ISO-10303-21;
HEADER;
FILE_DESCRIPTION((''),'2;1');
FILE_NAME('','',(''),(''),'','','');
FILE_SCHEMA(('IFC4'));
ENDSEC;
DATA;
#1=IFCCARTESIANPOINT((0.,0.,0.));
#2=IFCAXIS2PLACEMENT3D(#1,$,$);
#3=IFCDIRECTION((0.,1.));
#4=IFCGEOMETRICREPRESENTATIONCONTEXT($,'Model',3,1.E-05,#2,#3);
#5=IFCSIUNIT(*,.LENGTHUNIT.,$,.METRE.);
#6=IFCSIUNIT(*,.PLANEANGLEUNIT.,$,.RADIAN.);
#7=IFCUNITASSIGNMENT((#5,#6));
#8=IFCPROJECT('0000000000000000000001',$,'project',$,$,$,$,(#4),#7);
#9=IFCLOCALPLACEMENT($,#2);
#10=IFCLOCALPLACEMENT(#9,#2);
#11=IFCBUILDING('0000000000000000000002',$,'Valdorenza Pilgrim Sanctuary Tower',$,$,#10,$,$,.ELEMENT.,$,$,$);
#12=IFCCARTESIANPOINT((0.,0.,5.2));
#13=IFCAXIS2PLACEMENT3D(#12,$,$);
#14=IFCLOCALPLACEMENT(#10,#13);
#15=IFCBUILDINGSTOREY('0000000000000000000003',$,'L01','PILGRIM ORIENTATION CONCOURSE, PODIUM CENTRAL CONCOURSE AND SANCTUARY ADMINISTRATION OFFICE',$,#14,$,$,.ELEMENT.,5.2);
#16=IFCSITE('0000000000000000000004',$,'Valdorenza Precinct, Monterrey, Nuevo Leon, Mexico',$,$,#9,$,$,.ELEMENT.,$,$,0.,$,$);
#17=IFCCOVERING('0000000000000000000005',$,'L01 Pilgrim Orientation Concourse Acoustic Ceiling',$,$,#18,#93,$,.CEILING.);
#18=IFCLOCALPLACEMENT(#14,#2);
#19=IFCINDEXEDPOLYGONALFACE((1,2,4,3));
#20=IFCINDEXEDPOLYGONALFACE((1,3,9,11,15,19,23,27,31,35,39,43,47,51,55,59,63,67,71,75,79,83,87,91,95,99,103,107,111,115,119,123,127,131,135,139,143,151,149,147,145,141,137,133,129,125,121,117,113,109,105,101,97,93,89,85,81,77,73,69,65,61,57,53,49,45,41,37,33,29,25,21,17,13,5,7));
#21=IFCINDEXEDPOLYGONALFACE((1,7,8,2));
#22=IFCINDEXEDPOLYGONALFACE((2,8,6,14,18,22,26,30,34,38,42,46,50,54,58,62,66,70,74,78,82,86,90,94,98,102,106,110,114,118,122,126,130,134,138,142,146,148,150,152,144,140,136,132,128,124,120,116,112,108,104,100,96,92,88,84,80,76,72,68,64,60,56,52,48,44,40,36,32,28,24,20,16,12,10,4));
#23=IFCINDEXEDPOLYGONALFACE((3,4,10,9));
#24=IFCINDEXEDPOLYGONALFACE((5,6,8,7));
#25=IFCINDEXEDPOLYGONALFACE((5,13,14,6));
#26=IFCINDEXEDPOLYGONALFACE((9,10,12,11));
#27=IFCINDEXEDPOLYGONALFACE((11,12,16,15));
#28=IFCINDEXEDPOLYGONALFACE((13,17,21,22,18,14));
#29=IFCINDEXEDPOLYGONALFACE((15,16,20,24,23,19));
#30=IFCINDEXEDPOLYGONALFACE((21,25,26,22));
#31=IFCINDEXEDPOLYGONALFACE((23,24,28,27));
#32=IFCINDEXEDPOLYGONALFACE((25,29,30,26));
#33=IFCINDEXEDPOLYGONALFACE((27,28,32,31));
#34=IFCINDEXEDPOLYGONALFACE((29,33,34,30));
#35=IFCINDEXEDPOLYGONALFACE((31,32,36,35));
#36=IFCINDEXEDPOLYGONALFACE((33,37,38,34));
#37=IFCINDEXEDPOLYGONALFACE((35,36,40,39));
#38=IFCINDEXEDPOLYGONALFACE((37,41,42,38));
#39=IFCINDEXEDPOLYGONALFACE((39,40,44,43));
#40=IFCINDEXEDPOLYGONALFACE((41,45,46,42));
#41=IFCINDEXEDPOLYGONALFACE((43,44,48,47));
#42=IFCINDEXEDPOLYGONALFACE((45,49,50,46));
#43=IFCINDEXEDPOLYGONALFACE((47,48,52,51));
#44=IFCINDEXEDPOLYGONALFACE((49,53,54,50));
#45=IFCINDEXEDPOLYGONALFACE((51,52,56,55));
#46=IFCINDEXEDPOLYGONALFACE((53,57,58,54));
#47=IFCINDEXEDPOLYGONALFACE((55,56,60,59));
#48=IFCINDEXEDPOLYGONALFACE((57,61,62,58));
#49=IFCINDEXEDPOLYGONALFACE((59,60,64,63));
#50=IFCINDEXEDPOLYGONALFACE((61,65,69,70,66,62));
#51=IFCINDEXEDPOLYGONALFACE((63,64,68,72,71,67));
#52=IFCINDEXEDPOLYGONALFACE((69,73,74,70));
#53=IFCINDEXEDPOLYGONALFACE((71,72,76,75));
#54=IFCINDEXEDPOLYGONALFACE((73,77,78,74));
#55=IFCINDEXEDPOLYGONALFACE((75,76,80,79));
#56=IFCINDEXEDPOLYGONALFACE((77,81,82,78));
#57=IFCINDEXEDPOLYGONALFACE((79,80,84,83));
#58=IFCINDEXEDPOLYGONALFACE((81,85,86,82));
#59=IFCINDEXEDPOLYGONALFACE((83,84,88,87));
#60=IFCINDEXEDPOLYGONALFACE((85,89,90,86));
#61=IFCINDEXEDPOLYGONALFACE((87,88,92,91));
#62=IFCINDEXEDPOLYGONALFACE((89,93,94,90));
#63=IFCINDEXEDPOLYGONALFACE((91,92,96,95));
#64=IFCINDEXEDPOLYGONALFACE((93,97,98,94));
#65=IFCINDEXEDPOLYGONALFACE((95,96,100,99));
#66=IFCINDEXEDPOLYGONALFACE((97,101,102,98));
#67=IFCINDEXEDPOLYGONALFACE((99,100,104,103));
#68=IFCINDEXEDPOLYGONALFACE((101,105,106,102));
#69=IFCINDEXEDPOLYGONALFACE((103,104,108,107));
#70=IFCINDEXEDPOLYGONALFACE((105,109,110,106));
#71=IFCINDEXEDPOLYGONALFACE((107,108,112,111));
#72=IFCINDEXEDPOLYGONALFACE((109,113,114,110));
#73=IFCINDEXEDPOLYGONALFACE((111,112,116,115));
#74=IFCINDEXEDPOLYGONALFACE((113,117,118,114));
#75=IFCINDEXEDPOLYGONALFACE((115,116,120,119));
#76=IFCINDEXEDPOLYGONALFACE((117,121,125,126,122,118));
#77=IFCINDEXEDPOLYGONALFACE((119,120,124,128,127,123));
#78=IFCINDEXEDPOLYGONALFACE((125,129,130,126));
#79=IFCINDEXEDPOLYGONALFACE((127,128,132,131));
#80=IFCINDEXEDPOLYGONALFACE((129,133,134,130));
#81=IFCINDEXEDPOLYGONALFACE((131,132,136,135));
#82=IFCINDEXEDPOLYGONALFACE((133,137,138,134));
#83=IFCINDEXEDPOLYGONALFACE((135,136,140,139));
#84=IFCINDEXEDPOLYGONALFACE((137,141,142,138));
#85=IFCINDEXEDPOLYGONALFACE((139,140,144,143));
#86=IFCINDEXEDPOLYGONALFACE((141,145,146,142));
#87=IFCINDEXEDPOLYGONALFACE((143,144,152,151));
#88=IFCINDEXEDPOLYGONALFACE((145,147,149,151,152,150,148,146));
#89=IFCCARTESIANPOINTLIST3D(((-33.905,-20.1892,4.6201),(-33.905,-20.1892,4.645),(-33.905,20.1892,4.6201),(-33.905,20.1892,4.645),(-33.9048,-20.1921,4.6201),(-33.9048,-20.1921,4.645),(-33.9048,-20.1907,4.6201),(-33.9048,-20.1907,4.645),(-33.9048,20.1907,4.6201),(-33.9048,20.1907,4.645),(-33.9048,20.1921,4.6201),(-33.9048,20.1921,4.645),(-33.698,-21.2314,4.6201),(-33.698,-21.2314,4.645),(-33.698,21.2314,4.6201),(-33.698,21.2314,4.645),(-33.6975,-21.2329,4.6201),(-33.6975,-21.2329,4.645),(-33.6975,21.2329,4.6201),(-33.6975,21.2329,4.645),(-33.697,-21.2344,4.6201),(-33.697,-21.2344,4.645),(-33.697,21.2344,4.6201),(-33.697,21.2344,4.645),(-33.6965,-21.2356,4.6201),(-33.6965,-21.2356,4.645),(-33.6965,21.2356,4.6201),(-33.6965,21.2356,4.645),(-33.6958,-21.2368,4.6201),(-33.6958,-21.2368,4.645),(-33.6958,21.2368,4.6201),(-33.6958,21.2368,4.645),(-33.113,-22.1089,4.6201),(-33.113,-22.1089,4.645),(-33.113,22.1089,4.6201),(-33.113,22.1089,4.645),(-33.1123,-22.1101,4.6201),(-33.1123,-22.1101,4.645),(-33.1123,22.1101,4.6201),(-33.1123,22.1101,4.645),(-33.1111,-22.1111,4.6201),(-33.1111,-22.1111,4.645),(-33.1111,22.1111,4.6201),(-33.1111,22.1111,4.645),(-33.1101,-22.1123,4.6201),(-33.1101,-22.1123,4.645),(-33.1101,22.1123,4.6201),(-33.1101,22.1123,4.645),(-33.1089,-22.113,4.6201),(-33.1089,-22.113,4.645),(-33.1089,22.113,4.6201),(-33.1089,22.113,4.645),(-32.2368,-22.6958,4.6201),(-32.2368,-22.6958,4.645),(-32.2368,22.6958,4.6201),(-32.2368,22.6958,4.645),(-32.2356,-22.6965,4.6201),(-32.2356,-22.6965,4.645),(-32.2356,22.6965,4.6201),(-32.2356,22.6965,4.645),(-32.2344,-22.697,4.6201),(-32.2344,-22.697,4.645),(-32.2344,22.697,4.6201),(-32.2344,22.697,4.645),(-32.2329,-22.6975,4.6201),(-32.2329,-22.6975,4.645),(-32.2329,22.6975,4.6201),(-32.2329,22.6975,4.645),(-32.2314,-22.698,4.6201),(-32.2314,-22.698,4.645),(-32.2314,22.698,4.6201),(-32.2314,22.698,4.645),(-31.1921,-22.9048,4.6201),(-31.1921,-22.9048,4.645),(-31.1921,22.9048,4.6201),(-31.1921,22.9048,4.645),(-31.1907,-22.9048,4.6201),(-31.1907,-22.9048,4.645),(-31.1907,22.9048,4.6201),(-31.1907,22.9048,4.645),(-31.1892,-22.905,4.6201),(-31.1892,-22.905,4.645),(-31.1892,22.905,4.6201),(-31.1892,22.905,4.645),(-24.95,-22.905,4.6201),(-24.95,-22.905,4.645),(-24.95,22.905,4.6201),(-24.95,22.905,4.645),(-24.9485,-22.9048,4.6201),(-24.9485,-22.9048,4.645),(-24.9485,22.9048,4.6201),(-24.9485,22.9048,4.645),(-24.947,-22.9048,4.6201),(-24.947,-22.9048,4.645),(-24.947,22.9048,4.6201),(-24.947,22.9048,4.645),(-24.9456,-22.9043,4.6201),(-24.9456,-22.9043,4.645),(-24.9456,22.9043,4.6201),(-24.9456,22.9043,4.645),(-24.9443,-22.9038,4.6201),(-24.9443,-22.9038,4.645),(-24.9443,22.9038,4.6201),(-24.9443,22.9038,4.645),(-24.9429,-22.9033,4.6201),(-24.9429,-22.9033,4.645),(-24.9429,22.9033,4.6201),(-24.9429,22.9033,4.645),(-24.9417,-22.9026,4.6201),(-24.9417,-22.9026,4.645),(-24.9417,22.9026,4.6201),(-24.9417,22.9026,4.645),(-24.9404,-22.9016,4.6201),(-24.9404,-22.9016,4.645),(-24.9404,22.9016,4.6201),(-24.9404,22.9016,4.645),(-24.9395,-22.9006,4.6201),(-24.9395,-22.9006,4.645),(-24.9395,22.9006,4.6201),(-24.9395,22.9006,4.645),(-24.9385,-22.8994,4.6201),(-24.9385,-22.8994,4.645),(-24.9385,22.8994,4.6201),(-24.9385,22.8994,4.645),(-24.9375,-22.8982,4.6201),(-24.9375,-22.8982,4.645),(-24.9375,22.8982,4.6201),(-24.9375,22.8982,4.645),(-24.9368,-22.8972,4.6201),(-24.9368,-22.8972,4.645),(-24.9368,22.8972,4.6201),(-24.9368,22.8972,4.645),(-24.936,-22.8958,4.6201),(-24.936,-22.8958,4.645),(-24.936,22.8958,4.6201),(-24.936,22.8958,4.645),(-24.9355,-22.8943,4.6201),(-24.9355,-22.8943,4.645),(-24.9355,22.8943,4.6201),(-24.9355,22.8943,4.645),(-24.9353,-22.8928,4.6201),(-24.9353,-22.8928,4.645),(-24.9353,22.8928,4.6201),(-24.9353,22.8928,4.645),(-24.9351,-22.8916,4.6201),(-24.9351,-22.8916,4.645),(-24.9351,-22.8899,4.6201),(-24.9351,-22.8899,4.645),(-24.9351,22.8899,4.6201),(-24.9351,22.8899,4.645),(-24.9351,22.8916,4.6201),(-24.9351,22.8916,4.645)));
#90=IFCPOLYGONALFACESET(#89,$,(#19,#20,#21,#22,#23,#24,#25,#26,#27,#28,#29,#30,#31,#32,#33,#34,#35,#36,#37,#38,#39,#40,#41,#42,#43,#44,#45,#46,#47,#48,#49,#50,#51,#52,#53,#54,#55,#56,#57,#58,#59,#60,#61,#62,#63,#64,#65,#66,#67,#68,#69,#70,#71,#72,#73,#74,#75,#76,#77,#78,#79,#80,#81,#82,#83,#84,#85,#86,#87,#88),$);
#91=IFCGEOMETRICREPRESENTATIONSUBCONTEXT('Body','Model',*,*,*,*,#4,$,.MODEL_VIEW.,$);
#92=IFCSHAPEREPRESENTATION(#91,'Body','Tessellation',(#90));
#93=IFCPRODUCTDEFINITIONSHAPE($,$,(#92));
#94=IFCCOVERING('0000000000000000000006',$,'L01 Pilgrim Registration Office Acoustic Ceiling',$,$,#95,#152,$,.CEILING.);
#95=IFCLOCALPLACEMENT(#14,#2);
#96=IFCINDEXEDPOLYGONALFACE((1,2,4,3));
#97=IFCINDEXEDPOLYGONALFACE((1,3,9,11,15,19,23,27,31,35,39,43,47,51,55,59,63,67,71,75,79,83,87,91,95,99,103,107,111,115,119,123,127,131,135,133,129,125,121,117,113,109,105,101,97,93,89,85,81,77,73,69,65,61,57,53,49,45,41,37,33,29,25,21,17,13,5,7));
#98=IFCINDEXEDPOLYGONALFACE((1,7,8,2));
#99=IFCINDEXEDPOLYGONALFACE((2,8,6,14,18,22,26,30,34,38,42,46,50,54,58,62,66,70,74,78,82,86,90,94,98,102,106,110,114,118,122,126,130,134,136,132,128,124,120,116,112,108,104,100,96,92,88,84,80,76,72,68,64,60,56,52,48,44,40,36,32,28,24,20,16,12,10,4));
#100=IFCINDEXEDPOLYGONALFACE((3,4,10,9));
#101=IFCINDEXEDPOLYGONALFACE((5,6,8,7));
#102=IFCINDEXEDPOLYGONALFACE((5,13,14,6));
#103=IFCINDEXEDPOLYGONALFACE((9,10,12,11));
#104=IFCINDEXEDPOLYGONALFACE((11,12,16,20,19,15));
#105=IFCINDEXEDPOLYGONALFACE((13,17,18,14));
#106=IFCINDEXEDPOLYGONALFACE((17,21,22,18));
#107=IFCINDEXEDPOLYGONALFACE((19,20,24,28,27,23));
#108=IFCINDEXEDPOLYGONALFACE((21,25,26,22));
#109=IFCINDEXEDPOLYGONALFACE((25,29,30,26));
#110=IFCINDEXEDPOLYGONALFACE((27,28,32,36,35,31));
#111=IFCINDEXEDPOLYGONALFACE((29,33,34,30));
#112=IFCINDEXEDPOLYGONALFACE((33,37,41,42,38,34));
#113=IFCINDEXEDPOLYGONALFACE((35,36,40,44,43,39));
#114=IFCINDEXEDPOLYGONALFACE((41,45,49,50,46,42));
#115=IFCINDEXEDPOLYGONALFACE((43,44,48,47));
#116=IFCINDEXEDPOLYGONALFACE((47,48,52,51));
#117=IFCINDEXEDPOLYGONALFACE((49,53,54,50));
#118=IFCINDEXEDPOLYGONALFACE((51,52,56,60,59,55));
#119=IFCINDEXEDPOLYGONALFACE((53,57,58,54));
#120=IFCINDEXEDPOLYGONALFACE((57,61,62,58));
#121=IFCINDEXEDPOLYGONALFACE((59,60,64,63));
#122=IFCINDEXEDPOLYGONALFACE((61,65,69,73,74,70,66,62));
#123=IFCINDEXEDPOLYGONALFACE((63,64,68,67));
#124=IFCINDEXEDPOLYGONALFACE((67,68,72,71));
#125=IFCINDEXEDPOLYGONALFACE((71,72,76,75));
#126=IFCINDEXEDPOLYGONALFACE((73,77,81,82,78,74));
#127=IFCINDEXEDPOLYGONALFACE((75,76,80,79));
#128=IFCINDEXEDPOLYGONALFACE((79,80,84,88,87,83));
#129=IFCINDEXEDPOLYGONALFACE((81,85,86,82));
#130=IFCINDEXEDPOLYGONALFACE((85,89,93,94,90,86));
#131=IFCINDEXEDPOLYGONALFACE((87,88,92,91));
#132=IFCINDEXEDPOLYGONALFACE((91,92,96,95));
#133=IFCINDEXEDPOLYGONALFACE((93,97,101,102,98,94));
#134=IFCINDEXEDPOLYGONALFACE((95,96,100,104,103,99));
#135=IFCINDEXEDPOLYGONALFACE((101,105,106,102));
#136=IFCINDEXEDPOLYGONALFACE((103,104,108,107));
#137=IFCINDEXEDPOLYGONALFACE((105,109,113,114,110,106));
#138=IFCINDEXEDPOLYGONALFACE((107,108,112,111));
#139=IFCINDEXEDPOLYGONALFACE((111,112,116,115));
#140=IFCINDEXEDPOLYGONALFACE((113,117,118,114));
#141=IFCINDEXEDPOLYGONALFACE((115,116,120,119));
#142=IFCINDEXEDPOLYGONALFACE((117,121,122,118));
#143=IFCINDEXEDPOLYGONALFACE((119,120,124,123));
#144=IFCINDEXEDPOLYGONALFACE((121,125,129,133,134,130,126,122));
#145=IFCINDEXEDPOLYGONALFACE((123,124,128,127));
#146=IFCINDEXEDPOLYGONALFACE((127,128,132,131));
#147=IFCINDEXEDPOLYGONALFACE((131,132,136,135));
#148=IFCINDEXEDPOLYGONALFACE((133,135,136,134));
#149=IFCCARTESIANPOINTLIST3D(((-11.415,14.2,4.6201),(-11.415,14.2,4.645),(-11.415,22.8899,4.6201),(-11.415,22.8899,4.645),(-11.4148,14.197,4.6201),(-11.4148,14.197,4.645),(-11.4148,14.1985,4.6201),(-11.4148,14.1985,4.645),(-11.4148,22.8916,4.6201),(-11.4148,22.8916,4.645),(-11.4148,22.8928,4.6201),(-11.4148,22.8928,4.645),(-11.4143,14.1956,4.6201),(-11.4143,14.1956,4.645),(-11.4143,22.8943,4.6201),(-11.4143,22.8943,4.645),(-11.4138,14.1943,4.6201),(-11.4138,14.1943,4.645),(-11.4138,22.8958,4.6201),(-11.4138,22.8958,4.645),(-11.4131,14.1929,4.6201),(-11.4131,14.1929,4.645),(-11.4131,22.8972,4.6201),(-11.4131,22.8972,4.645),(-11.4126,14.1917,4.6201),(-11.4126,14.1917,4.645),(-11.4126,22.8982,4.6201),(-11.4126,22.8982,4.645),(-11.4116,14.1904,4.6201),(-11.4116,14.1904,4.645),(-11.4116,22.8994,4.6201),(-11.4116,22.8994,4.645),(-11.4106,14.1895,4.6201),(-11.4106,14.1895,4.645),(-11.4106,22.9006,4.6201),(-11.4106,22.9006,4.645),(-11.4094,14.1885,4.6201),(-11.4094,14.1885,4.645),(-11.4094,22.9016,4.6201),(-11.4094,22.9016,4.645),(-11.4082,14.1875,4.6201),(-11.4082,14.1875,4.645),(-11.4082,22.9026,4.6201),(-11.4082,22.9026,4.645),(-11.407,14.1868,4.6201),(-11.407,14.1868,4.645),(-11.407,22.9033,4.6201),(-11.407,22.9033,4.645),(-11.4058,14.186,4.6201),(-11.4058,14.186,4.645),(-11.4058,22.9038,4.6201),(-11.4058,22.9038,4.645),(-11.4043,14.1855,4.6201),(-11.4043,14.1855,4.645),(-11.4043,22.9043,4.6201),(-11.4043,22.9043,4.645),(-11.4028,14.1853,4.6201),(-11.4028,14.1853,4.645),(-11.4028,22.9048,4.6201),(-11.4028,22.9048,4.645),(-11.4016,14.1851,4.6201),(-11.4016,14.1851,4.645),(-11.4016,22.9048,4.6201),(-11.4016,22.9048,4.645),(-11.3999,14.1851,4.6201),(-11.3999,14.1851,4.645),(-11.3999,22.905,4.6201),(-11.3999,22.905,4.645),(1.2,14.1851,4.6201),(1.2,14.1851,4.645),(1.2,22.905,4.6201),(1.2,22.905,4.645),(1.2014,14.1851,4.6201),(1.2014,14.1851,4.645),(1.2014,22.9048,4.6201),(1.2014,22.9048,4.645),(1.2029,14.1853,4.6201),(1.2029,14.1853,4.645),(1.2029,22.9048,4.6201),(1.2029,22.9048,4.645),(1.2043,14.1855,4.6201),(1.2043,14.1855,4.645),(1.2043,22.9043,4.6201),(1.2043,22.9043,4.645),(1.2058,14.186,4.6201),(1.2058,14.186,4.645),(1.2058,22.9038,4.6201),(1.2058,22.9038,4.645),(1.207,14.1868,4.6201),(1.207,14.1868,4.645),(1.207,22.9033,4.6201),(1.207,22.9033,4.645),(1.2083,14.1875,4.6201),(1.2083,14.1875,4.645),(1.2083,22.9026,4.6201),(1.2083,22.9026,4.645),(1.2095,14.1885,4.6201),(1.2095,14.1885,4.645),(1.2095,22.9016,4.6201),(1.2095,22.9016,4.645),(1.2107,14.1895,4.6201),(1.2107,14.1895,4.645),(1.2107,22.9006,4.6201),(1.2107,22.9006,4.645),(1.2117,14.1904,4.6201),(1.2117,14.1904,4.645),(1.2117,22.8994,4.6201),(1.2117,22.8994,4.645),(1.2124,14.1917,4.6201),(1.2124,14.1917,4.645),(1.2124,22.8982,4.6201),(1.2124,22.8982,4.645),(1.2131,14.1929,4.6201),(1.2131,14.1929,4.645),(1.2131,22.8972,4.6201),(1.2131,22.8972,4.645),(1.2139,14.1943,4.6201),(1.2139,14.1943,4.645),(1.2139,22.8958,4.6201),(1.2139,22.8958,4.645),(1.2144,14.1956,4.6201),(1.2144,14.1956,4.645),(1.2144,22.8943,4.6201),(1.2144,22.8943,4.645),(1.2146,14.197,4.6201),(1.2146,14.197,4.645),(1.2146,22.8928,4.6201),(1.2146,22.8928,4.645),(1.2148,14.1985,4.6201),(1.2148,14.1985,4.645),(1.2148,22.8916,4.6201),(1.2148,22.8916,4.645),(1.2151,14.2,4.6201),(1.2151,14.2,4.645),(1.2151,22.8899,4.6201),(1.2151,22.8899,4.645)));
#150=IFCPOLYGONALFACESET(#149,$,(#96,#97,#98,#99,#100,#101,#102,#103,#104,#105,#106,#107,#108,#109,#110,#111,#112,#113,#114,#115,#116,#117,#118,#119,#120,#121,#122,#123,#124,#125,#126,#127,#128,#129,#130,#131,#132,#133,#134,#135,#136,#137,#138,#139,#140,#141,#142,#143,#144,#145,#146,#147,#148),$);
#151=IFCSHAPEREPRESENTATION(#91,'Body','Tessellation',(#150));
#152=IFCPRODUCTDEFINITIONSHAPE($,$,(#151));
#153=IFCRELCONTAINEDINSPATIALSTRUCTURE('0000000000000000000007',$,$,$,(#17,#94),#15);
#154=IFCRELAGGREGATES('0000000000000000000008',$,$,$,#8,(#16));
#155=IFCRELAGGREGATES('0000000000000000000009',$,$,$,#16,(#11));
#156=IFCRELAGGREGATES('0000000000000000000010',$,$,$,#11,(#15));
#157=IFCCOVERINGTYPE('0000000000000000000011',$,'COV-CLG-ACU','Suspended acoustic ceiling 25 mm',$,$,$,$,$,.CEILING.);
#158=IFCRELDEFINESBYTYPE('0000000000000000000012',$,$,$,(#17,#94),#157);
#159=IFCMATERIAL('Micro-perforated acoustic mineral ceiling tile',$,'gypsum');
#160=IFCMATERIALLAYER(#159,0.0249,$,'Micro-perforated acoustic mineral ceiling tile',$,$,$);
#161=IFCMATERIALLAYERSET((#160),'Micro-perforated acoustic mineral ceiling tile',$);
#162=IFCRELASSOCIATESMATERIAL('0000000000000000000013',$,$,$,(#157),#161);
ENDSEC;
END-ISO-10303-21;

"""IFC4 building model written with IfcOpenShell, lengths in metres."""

from ifc_helpers import new_model, si_unit, direction, frame, origin, place, context, subcontext, project, spatial, polyline, outline, extrude, material, layer, layer_set, type_object, element, save


model = new_model("IFC4")

# Units and contexts
model_context = context("Model", 3, precision=1e-05, world=origin(), true_north=direction((0.0, 1.0)))
body_context = subcontext(model_context, "Body", "Model", "MODEL_VIEW")
ifc_project = project(units=[si_unit("LENGTHUNIT", "METRE"), si_unit("PLANEANGLEUNIT", "RADIAN")], contexts=[model_context])

# Site, building, storey
site_placement = place(None, origin())
site = spatial("IfcSite", under=ifc_project, at=site_placement, Name="Valdorenza Precinct, Monterrey, Nuevo Leon, Mexico", CompositionType="ELEMENT", RefElevation=0.0)
building_placement = place(site_placement, origin())
building = spatial("IfcBuilding", under=site, at=building_placement, Name="Valdorenza Pilgrim Sanctuary Tower", CompositionType="ELEMENT")
storey_placement = place(building_placement, frame((0.0, 0.0, 5.2)))
storey = spatial("IfcBuildingStorey", under=building, at=storey_placement, Name="L01", Description="PILGRIM ORIENTATION CONCOURSE, PODIUM CENTRAL CONCOURSE AND SANCTUARY ADMINISTRATION OFFICE", CompositionType="ELEMENT", Elevation=5.2)

# Coverings
ifc_material_1 = material(Name="Micro-perforated acoustic mineral ceiling tile", Category="gypsum")
ifc_layer_1 = layer(ifc_material_1, 0.0249, Name="Micro-perforated acoustic mineral ceiling tile")
ifc_layer_set_1 = layer_set([ifc_layer_1], Name="Micro-perforated acoustic mineral ceiling tile")
covering_type_1 = type_object("IfcCoveringType", Name="COV-CLG-ACU", Description="Suspended acoustic ceiling 25 mm", PredefinedType="CEILING", material=ifc_layer_set_1)
covering_1_placement = place(storey_placement, frame((0.0, 0.0, 4.6201)))
element("IfcCovering", 1, at=covering_1_placement, inside=storey, type_object=covering_type_1, Name="L01 Pilgrim Orientation Concourse Acoustic Ceiling", PredefinedType="CEILING", context=body_context, shape_type="SweptSolid", body=[
    extrude(outline(polyline([(-31.1892, -22.905), (-31.1907, -22.9048), (-31.1921, -22.9048), (-32.2314, -22.698), (-32.2329, -22.6975), (-32.2344, -22.697), (-32.2356, -22.6965), (-32.2368, -22.6958), (-33.1089, -22.113), (-33.1101, -22.1123), (-33.1111, -22.1111), (-33.1123, -22.1101), (-33.113, -22.1089), (-33.6958, -21.2368), (-33.6965, -21.2356), (-33.697, -21.2344), (-33.6975, -21.2329), (-33.698, -21.2314), (-33.9048, -20.1921), (-33.9048, -20.1907), (-33.905, -20.1892), (-33.905, 20.1892), (-33.9048, 20.1907), (-33.9048, 20.1921), (-33.698, 21.2314), (-33.6975, 21.2329), (-33.697, 21.2344), (-33.6965, 21.2356), (-33.6958, 21.2368), (-33.113, 22.1089), (-33.1123, 22.1101), (-33.1111, 22.1111), (-33.1101, 22.1123), (-33.1089, 22.113), (-32.2368, 22.6958), (-32.2356, 22.6965), (-32.2344, 22.697), (-32.2329, 22.6975), (-32.2314, 22.698), (-31.1921, 22.9048), (-31.1907, 22.9048), (-31.1892, 22.905), (-24.95, 22.905), (-24.9485, 22.9048), (-24.947, 22.9048), (-24.9456, 22.9043), (-24.9443, 22.9038), (-24.9429, 22.9033), (-24.9417, 22.9026), (-24.9404, 22.9016), (-24.9395, 22.9006), (-24.9385, 22.8994), (-24.9375, 22.8982), (-24.9368, 22.8972), (-24.936, 22.8958), (-24.9355, 22.8943), (-24.9353, 22.8928), (-24.9351, 22.8916), (-24.9351, 22.8899), (-24.9351, -22.8899), (-24.9351, -22.8916), (-24.9353, -22.8928), (-24.9355, -22.8943), (-24.936, -22.8958), (-24.9368, -22.8972), (-24.9375, -22.8982), (-24.9385, -22.8994), (-24.9395, -22.9006), (-24.9404, -22.9016), (-24.9417, -22.9026), (-24.9429, -22.9033), (-24.9443, -22.9038), (-24.9456, -22.9043), (-24.947, -22.9048), (-24.9485, -22.9048), (-24.95, -22.905), (-31.1892, -22.905)])), origin(), (0.0, 0.0, 1.0), 0.0249),
])
covering_2_placement = place(storey_placement, frame((0.0, 0.0, 4.6201)))
element("IfcCovering", 2, at=covering_2_placement, inside=storey, type_object=covering_type_1, Name="L01 Pilgrim Registration Office Acoustic Ceiling", PredefinedType="CEILING", context=body_context, shape_type="SweptSolid", body=[
    extrude(outline(polyline([(-11.3999, 14.1851), (-11.4016, 14.1851), (-11.4028, 14.1853), (-11.4043, 14.1855), (-11.4058, 14.186), (-11.407, 14.1868), (-11.4082, 14.1875), (-11.4094, 14.1885), (-11.4106, 14.1895), (-11.4116, 14.1904), (-11.4126, 14.1917), (-11.4131, 14.1929), (-11.4138, 14.1943), (-11.4143, 14.1956), (-11.4148, 14.197), (-11.4148, 14.1985), (-11.415, 14.2), (-11.415, 22.8899), (-11.4148, 22.8916), (-11.4148, 22.8928), (-11.4143, 22.8943), (-11.4138, 22.8958), (-11.4131, 22.8972), (-11.4126, 22.8982), (-11.4116, 22.8994), (-11.4106, 22.9006), (-11.4094, 22.9016), (-11.4082, 22.9026), (-11.407, 22.9033), (-11.4058, 22.9038), (-11.4043, 22.9043), (-11.4028, 22.9048), (-11.4016, 22.9048), (-11.3999, 22.905), (1.2, 22.905), (1.2014, 22.9048), (1.2029, 22.9048), (1.2043, 22.9043), (1.2058, 22.9038), (1.207, 22.9033), (1.2083, 22.9026), (1.2095, 22.9016), (1.2107, 22.9006), (1.2117, 22.8994), (1.2124, 22.8982), (1.2131, 22.8972), (1.2139, 22.8958), (1.2144, 22.8943), (1.2146, 22.8928), (1.2148, 22.8916), (1.2151, 22.8899), (1.2151, 14.2), (1.2148, 14.1985), (1.2146, 14.197), (1.2144, 14.1956), (1.2139, 14.1943), (1.2131, 14.1929), (1.2124, 14.1917), (1.2117, 14.1904), (1.2107, 14.1895), (1.2095, 14.1885), (1.2083, 14.1875), (1.207, 14.1868), (1.2058, 14.186), (1.2043, 14.1855), (1.2029, 14.1853), (1.2014, 14.1851), (1.2, 14.1851), (-11.3999, 14.1851)])), origin(), (0.0, 0.0, 1.0), 0.0249),
])

save(model, "model.ifc")
